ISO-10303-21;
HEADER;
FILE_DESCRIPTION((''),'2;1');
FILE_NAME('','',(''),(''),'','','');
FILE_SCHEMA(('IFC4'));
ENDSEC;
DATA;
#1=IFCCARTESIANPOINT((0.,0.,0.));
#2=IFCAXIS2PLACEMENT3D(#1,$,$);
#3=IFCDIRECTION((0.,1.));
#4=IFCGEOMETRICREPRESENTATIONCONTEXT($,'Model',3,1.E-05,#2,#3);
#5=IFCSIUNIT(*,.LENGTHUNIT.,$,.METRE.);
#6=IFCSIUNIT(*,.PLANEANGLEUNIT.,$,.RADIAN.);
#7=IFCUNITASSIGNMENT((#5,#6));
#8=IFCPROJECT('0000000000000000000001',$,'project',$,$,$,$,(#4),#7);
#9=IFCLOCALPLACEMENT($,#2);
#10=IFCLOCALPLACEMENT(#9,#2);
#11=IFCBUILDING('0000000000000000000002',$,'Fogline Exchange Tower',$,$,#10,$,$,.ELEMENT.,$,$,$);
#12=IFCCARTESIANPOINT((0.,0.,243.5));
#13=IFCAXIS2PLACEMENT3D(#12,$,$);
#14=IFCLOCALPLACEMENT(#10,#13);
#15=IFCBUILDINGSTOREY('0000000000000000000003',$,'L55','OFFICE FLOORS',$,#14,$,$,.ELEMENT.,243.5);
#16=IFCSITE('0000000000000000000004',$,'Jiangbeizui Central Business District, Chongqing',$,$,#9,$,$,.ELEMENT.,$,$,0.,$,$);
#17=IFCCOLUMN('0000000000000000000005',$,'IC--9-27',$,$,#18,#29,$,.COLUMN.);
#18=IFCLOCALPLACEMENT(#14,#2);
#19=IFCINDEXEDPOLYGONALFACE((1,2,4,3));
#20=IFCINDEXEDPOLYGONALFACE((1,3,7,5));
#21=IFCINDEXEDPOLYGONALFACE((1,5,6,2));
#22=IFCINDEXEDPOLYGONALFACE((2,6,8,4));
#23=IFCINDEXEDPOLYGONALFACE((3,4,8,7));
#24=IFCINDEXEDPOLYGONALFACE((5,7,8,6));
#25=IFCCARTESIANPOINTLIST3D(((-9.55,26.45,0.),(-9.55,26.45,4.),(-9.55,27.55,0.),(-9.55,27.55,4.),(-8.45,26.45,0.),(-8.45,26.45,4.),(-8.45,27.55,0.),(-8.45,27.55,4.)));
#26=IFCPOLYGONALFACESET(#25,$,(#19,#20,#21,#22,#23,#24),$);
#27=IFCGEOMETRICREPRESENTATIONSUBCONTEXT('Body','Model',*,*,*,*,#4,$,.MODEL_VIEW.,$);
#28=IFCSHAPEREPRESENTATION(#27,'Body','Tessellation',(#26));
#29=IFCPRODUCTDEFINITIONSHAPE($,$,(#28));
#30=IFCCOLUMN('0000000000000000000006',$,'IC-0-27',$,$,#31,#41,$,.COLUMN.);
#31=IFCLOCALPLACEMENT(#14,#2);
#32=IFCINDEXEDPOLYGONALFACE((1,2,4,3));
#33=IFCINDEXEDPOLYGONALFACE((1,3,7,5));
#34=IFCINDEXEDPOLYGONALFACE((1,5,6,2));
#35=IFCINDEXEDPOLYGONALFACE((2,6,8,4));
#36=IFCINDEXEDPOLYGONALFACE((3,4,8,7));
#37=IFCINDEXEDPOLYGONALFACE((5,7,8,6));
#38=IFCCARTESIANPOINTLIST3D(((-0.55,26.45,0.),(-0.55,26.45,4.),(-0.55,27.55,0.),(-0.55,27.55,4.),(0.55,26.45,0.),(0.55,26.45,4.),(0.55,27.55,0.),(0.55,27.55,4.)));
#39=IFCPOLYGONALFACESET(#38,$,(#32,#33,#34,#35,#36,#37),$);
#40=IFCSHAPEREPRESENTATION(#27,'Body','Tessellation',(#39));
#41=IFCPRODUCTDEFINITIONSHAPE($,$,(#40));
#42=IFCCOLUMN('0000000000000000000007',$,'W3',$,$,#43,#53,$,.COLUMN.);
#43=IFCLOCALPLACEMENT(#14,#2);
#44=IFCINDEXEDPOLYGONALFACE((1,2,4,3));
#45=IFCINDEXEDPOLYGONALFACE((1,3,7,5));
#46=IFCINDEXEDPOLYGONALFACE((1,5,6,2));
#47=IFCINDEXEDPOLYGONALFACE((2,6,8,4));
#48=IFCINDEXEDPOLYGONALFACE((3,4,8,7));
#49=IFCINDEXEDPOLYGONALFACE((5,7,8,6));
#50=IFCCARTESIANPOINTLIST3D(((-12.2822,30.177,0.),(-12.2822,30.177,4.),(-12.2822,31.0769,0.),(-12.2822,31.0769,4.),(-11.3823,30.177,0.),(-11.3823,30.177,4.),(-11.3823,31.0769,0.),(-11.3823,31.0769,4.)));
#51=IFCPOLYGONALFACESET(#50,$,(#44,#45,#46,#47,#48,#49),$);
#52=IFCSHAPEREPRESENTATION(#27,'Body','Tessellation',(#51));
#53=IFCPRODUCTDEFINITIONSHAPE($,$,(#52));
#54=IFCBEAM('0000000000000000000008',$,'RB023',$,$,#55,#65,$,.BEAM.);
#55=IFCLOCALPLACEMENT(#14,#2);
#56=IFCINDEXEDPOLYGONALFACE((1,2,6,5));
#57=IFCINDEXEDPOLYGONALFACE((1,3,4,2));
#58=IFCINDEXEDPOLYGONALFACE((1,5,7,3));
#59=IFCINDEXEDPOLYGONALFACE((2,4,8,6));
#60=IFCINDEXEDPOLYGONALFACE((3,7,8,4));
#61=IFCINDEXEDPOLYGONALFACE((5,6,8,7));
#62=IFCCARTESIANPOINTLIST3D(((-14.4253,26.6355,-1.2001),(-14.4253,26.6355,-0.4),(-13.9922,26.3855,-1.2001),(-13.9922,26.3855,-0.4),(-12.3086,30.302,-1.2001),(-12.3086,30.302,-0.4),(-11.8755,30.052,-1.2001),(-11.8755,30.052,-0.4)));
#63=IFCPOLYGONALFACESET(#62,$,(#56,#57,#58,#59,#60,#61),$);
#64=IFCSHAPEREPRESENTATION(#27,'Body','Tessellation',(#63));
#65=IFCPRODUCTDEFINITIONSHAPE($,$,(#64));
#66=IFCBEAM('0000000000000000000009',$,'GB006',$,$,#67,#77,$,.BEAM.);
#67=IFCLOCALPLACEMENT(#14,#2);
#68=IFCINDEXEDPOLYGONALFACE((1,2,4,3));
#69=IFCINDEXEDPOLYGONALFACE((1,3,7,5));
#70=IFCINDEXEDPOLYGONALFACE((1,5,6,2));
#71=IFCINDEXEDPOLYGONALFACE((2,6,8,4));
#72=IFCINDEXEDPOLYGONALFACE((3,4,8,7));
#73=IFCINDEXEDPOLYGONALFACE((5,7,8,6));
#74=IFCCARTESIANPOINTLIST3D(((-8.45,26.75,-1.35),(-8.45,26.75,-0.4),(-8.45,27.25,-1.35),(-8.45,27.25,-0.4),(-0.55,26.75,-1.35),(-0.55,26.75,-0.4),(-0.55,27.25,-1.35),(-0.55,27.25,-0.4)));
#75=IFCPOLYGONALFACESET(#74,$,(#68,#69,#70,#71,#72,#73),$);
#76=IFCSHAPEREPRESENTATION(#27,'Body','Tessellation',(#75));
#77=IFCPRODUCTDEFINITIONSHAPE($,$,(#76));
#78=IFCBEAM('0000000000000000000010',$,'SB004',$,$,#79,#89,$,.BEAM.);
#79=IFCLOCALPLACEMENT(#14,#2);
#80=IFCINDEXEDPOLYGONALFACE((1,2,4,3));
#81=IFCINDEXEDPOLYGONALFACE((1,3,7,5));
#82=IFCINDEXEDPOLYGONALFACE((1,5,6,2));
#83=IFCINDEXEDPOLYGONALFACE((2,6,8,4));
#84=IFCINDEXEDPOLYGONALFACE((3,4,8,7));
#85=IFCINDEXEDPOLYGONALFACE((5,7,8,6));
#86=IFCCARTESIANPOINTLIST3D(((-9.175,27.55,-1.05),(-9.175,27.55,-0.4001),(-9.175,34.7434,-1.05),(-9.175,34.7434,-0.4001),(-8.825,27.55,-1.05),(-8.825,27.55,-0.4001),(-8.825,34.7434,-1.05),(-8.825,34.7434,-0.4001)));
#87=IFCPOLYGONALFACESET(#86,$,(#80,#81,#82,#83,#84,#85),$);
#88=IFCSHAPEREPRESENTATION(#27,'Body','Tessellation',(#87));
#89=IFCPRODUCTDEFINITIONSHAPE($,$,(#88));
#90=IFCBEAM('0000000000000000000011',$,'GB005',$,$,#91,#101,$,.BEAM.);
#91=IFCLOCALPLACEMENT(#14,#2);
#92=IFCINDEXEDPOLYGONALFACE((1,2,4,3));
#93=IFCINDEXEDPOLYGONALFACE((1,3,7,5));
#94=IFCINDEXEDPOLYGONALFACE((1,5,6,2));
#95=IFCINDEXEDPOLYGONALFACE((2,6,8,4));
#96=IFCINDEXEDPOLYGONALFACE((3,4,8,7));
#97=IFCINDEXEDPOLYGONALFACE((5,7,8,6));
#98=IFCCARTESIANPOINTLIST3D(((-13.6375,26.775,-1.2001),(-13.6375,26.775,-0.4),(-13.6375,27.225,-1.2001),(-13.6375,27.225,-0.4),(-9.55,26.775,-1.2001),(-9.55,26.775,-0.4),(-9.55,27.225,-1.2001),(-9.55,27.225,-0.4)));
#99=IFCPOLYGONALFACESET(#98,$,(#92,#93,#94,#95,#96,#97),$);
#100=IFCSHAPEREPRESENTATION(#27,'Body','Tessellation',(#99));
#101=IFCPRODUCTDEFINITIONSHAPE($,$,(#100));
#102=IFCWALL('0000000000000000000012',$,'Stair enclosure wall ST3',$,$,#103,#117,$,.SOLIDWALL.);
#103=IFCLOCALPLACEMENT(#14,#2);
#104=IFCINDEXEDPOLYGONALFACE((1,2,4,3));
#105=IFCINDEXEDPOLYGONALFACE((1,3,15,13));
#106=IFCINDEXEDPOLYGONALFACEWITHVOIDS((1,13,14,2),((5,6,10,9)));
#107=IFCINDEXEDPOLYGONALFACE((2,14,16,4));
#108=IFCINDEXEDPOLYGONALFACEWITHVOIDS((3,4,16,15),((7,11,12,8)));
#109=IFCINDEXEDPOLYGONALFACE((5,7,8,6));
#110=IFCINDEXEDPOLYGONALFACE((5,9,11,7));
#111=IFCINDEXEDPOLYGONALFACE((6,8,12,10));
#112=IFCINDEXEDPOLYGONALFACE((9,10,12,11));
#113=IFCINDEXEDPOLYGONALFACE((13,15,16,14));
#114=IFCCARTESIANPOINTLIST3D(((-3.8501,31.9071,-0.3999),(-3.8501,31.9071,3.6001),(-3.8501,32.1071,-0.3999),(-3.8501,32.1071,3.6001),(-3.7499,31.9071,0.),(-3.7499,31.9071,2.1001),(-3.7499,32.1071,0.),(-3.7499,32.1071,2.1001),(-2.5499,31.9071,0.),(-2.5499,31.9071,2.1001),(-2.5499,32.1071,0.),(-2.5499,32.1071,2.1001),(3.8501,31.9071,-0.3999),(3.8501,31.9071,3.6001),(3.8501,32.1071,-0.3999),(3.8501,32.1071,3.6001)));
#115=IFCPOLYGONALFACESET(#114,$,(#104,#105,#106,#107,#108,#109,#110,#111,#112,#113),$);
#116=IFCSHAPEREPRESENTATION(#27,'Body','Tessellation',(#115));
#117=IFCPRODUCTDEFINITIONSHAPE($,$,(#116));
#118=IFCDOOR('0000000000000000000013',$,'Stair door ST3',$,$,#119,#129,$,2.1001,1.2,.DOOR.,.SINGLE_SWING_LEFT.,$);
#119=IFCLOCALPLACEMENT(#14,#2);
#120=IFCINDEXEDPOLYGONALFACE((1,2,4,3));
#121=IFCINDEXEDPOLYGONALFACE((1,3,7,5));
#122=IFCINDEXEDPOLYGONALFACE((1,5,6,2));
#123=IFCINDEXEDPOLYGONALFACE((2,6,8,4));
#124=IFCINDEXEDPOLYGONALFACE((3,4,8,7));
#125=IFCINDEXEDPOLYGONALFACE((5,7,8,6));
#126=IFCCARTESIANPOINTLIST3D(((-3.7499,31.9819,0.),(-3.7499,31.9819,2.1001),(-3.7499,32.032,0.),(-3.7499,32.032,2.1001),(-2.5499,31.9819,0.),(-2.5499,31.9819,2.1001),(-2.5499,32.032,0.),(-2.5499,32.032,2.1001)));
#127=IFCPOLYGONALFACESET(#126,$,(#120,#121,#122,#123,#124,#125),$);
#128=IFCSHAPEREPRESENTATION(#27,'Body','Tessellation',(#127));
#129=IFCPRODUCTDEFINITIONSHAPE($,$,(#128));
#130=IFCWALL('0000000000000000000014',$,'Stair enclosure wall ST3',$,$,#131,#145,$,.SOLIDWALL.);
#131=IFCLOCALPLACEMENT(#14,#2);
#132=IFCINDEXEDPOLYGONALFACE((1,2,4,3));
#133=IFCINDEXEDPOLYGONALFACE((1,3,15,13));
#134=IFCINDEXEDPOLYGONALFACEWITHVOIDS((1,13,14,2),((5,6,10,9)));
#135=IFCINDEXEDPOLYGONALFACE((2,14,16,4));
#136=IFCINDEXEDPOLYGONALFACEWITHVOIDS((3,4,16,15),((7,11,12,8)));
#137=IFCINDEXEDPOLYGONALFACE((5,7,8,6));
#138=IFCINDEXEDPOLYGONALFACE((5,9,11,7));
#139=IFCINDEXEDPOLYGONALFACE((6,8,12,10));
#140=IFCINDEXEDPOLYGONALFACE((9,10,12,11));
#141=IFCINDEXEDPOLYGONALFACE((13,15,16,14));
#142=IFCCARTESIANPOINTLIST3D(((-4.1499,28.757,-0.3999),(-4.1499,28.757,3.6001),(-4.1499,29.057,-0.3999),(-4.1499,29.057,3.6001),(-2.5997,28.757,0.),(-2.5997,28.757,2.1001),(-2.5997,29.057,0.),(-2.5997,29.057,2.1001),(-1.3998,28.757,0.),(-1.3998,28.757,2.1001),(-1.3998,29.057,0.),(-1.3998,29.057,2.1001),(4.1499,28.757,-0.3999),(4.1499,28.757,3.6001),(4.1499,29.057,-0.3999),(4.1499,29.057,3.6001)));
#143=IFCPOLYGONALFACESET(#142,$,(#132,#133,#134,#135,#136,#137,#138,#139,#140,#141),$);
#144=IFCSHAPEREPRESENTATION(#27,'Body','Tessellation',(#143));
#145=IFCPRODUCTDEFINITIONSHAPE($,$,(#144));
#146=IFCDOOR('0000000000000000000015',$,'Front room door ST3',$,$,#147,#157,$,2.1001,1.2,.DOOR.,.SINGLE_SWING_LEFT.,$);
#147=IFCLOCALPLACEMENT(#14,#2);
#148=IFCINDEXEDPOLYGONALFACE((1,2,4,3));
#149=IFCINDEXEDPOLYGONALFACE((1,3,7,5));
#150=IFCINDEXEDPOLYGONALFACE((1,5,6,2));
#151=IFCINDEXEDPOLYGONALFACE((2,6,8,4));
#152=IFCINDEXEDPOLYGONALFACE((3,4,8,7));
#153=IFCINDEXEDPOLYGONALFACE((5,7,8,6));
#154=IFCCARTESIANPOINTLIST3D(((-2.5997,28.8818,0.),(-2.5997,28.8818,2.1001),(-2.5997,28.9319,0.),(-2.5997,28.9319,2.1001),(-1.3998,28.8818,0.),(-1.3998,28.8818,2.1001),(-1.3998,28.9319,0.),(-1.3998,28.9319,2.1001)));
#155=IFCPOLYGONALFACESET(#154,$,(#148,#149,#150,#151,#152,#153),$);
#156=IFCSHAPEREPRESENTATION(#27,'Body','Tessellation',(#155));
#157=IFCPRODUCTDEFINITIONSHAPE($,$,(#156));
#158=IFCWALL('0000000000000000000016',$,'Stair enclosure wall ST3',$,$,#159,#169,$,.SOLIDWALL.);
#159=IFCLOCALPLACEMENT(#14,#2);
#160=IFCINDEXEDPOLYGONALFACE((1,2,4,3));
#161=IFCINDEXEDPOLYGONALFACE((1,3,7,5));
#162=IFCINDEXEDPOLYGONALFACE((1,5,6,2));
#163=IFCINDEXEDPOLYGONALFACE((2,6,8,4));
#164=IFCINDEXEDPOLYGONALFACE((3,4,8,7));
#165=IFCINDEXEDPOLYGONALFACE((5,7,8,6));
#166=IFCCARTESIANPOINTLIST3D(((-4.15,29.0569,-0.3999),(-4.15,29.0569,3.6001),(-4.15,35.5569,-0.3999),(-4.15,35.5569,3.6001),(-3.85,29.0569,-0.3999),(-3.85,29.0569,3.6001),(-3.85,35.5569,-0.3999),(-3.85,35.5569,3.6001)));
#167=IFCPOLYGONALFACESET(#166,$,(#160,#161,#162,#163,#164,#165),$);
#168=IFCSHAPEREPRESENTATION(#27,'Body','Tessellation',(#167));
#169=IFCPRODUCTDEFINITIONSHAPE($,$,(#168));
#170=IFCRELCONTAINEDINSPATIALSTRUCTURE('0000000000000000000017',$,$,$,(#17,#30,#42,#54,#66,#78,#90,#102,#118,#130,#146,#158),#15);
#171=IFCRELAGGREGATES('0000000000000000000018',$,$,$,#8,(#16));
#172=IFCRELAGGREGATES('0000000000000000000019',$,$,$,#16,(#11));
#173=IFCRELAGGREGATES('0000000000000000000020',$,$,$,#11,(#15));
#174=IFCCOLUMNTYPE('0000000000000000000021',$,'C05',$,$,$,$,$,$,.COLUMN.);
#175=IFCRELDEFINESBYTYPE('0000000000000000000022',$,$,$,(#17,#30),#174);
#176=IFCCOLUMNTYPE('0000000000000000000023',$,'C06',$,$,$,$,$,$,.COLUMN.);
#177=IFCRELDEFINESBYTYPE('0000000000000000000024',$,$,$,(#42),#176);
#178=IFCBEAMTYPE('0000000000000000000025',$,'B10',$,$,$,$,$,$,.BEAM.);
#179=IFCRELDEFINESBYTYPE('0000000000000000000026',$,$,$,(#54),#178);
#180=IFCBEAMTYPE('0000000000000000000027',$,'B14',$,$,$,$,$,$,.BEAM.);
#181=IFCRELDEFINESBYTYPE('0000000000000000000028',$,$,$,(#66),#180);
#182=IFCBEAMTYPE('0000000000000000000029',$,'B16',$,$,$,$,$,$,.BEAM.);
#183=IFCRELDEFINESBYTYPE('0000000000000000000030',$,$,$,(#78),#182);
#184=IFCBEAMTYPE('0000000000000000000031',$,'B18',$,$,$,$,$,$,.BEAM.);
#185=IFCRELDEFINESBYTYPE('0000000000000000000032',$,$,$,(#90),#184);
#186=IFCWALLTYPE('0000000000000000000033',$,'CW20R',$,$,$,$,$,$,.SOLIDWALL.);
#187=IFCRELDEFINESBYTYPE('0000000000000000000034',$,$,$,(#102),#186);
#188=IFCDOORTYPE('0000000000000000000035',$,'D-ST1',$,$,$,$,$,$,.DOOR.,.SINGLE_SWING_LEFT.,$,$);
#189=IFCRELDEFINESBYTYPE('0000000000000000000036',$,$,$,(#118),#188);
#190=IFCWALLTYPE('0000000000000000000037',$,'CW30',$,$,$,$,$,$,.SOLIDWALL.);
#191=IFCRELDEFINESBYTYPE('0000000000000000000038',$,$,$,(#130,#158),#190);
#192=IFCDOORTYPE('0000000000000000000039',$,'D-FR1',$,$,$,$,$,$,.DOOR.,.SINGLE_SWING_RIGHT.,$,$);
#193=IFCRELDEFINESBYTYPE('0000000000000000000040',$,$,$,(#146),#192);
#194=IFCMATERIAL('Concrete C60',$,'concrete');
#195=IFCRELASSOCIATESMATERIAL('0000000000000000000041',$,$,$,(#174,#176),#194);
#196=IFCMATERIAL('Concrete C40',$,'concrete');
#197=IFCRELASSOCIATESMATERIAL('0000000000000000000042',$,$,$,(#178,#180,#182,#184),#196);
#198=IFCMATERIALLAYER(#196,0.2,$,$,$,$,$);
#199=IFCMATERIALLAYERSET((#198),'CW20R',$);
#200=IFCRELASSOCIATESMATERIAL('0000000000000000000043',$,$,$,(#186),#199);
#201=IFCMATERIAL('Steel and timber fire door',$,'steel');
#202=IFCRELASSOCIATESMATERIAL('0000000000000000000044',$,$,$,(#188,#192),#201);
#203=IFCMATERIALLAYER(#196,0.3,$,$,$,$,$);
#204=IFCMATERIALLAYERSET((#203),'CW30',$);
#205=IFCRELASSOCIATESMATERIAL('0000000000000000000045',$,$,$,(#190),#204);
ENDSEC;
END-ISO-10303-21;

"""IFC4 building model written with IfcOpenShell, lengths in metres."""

from ifc_helpers import new_model, si_unit, direction, frame, frame_2d, origin, origin_2d, place, context, subcontext, project, spatial, rectangle, extrude, material, layer, layer_set, material_profile, profile_set, type_object, element, fill, save


model = new_model("IFC4")

# Units and contexts
model_context = context("Model", 3, precision=1e-05, world=origin(), true_north=direction((0.0, 1.0)))
body_context = subcontext(model_context, "Body", "Model", "MODEL_VIEW")
ifc_project = project(units=[si_unit("LENGTHUNIT", "METRE"), si_unit("PLANEANGLEUNIT", "RADIAN")], contexts=[model_context])

# Site, building, storey
site_placement = place(None, origin())
site = spatial("IfcSite", under=ifc_project, at=site_placement, Name="Jiangbeizui Central Business District, Chongqing", CompositionType="ELEMENT", RefElevation=0.0)
building_placement = place(site_placement, origin())
building = spatial("IfcBuilding", under=site, at=building_placement, Name="Fogline Exchange Tower", CompositionType="ELEMENT")
storey_placement = place(building_placement, frame((0.0, 0.0, 243.5)))
storey = spatial("IfcBuildingStorey", under=building, at=storey_placement, Name="L55", Description="OFFICE FLOORS", CompositionType="ELEMENT", Elevation=243.5)

# Columns
ifc_material_1 = material(Name="Concrete C60", Category="concrete")
ifc_material_profile_1 = material_profile(ifc_material_1, rectangle(XDim=1.1001, YDim=1.1001, at=origin_2d()), Name="RC 1100x1100")
ifc_profile_set_1 = profile_set([ifc_material_profile_1], Name="Concrete C60")
column_type_1 = type_object("IfcColumnType", Name="C05", PredefinedType="COLUMN", material=ifc_profile_set_1)
for number, where, z_axis, x_axis, name in (
    (1, (-9.0, 27.0, 0.0), (0.0, 0.0, 1.0), (1.0, 0.0, 0.0), "IC--9-27"),
    (2, (0.0, 27.0, 0.0), (0.0, 0.0, 1.0), (1.0, 0.0, 0.0), "IC-0-27"),
):
    element("IfcColumn", number, at=place(storey_placement, frame(where, z_axis=z_axis, x_axis=x_axis)), inside=storey, type_object=column_type_1, Name=name, PredefinedType="COLUMN", context=body_context, shape_type="SweptSolid", body=[
        extrude(rectangle(XDim=1.1001, YDim=1.1001, at=origin_2d()), origin(), (0.0, 0.0, 1.0), 4.0),
    ])
ifc_material_profile_2 = material_profile(ifc_material_1, rectangle(XDim=0.8999, YDim=0.8999, at=origin_2d()), Name="RC 900x900")
ifc_profile_set_2 = profile_set([ifc_material_profile_2], Name="Concrete C60")
column_type_2 = type_object("IfcColumnType", Name="C06", PredefinedType="COLUMN", material=ifc_profile_set_2)
column_placement = place(storey_placement, frame((-11.8323, 30.627, 0.0), z_axis=(0.0, 0.0, 1.0), x_axis=(1.0, 0.0, 0.0)))
element("IfcColumn", 3, at=column_placement, inside=storey, type_object=column_type_2, Name="W3", PredefinedType="COLUMN", context=body_context, shape_type="SweptSolid", body=[
    extrude(rectangle(XDim=0.8999, YDim=0.8999, at=origin_2d()), origin(), (0.0, 0.0, 1.0), 4.0),
])

# Beams
ifc_material_2 = material(Name="Concrete C40", Category="concrete")
ifc_material_profile_3 = material_profile(ifc_material_2, rectangle(XDim=0.5, YDim=0.8, at=origin_2d()), Name="RC 500x800")
ifc_profile_set_3 = profile_set([ifc_material_profile_3], Name="Concrete C40")
beam_type_1 = type_object("IfcBeamType", Name="B10", PredefinedType="BEAM", material=ifc_profile_set_3)
beam_1_placement = place(storey_placement, frame((-12.092, 30.177, -0.8), z_axis=(-0.499972, -0.866042, 0.0), x_axis=(0.866042, -0.499972, 0.0)))
element("IfcBeam", 4, at=beam_1_placement, inside=storey, type_object=beam_type_1, Name="RB023", PredefinedType="BEAM", context=body_context, shape_type="SweptSolid", body=[
    extrude(rectangle(XDim=0.5, YDim=0.8, at=origin_2d()), origin(), (0.0, 0.0, 1.0), 4.2336),
])
ifc_material_profile_4 = material_profile(ifc_material_2, rectangle(XDim=0.5, YDim=0.95, at=origin_2d()), Name="RC 500x950")
ifc_profile_set_4 = profile_set([ifc_material_profile_4], Name="Concrete C40")
beam_type_2 = type_object("IfcBeamType", Name="B14", PredefinedType="BEAM", material=ifc_profile_set_4)
beam_2_placement = place(storey_placement, frame((-8.45, 27.0, -0.875), z_axis=(1.0, 0.0, 0.0), x_axis=(0.0, 1.0, 0.0)))
element("IfcBeam", 5, at=beam_2_placement, inside=storey, type_object=beam_type_2, Name="GB006", PredefinedType="BEAM", context=body_context, shape_type="SweptSolid", body=[
    extrude(rectangle(XDim=0.5, YDim=0.95, at=origin_2d()), origin(), (0.0, 0.0, 1.0), 7.8999),
])
ifc_material_profile_5 = material_profile(ifc_material_2, rectangle(XDim=0.3501, YDim=0.6499, at=origin_2d()), Name="RC 350x650")
ifc_profile_set_5 = profile_set([ifc_material_profile_5], Name="Concrete C40")
beam_type_3 = type_object("IfcBeamType", Name="B16", PredefinedType="BEAM", material=ifc_profile_set_5)
beam_3_placement = place(storey_placement, frame((-9.0, 27.55, -0.7251), z_axis=(0.0, 1.0, 0.0), x_axis=(-1.0, 0.0, 0.0)))
element("IfcBeam", 6, at=beam_3_placement, inside=storey, type_object=beam_type_3, Name="SB004", PredefinedType="BEAM", context=body_context, shape_type="SweptSolid", body=[
    extrude(rectangle(XDim=0.3501, YDim=0.6499, at=origin_2d()), origin(), (0.0, 0.0, 1.0), 7.1934),
])
ifc_material_profile_6 = material_profile(ifc_material_2, rectangle(XDim=0.45, YDim=0.8, at=origin_2d()), Name="RC 450x800")
ifc_profile_set_6 = profile_set([ifc_material_profile_6], Name="Concrete C40")
beam_type_4 = type_object("IfcBeamType", Name="B18", PredefinedType="BEAM", material=ifc_profile_set_6)
beam_4_placement = place(storey_placement, frame((-13.6375, 27.0, -0.8), z_axis=(1.0, 0.0, 0.0), x_axis=(0.0, 1.0, 0.0)))
element("IfcBeam", 7, at=beam_4_placement, inside=storey, type_object=beam_type_4, Name="GB005", PredefinedType="BEAM", context=body_context, shape_type="SweptSolid", body=[
    extrude(rectangle(XDim=0.45, YDim=0.8, at=origin_2d()), origin(), (0.0, 0.0, 1.0), 4.0874),
])

# Walls, openings, doors
ifc_layer_1 = layer(ifc_material_2, 0.2)
ifc_layer_set_1 = layer_set([ifc_layer_1], Name="CW20R")
wall_type_1 = type_object("IfcWallType", Name="CW20R", PredefinedType="SOLIDWALL", material=ifc_layer_set_1)
wall_1_placement = place(storey_placement, frame((-3.8501, 32.0071, -0.3999), z_axis=(0.0, 0.0, 1.0), x_axis=(1.0, 0.0, 0.0)))
wall_1 = element("IfcWall", 8, at=wall_1_placement, inside=storey, type_object=wall_type_1, Name="Stair enclosure wall ST3", PredefinedType="SOLIDWALL", context=body_context, shape_type="SweptSolid", body=[
    extrude(rectangle(XDim=7.7002, YDim=0.2, at=frame_2d((3.8501, 0.0))), origin(), (0.0, 0.0, 1.0), 4.0),
])
opening_1_placement = place(wall_1_placement, frame((0.1001, 0.0, 0.3999)))
opening_1 = element("IfcOpeningElement", 9, at=opening_1_placement, cuts=wall_1, PredefinedType="OPENING", context=body_context, shape_type="SweptSolid", body=[
    extrude(rectangle(XDim=1.2, YDim=2.1001, at=frame_2d((0.6001, 1.05))), frame((0.0, 0.1099, 0.0), z_axis=(0.0, -1.0, 0.0), x_axis=(1.0, 0.0, 0.0)), (0.0, 0.0, 1.0), 0.22),
])
ifc_material_3 = material(Name="Steel and timber fire door", Category="steel")
door_type_1 = type_object("IfcDoorType", Name="D-ST1", OperationType="SINGLE_SWING_LEFT", PredefinedType="DOOR", material=ifc_material_3)
door_1_placement = place(opening_1_placement, origin())
door_1 = element("IfcDoor", 10, at=door_1_placement, inside=storey, type_object=door_type_1, Name="Stair door ST3", OperationType="SINGLE_SWING_LEFT", OverallHeight=2.1001, OverallWidth=1.2, PredefinedType="DOOR", context=body_context, shape_type="SweptSolid", body=[
    extrude(rectangle(XDim=1.2, YDim=2.1001, at=frame_2d((0.6001, 1.05))), frame((0.0, 0.0249, 0.0), z_axis=(0.0, -1.0, 0.0), x_axis=(1.0, 0.0, 0.0)), (0.0, 0.0, 1.0), 0.05),
])
fill(opening_1, door_1)
ifc_layer_2 = layer(ifc_material_2, 0.3)
ifc_layer_set_2 = layer_set([ifc_layer_2], Name="CW30")
wall_type_2 = type_object("IfcWallType", Name="CW30", PredefinedType="SOLIDWALL", material=ifc_layer_set_2)
wall_2_placement = place(storey_placement, frame((-4.1499, 28.907, -0.3999), z_axis=(0.0, 0.0, 1.0), x_axis=(1.0, 0.0, 0.0)))
wall_2 = element("IfcWall", 11, at=wall_2_placement, inside=storey, type_object=wall_type_2, Name="Stair enclosure wall ST3", PredefinedType="SOLIDWALL", context=body_context, shape_type="SweptSolid", body=[
    extrude(rectangle(XDim=8.2998, YDim=0.3, at=frame_2d((4.1499, 0.0))), origin(), (0.0, 0.0, 1.0), 4.0),
])
opening_2_placement = place(wall_2_placement, frame((1.55, 0.0, 0.3999)))
opening_2 = element("IfcOpeningElement", 12, at=opening_2_placement, cuts=wall_2, PredefinedType="OPENING", context=body_context, shape_type="SweptSolid", body=[
    extrude(rectangle(XDim=1.2, YDim=2.1001, at=frame_2d((0.6001, 1.05))), frame((0.0, 0.1602, 0.0), z_axis=(0.0, -1.0, 0.0), x_axis=(1.0, 0.0, 0.0)), (0.0, 0.0, 1.0), 0.3201),
])
door_type_2 = type_object("IfcDoorType", Name="D-FR1", OperationType="SINGLE_SWING_RIGHT", PredefinedType="DOOR", material=ifc_material_3)
door_2_placement = place(opening_2_placement, origin())
door_2 = element("IfcDoor", 13, at=door_2_placement, inside=storey, type_object=door_type_2, Name="Front room door ST3", OperationType="SINGLE_SWING_LEFT", OverallHeight=2.1001, OverallWidth=1.2, PredefinedType="DOOR", context=body_context, shape_type="SweptSolid", body=[
    extrude(rectangle(XDim=1.2, YDim=2.1001, at=frame_2d((0.6001, 1.05))), frame((0.0, 0.0249, 0.0), z_axis=(0.0, -1.0, 0.0), x_axis=(1.0, 0.0, 0.0)), (0.0, 0.0, 1.0), 0.05),
])
fill(opening_2, door_2)

# Wall
wall_3_placement = place(storey_placement, frame((-4.0, 29.0569, -0.3999), z_axis=(0.0, 0.0, 1.0), x_axis=(0.0, 1.0, 0.0)))
element("IfcWall", 14, at=wall_3_placement, inside=storey, type_object=wall_type_2, Name="Stair enclosure wall ST3", PredefinedType="SOLIDWALL", context=body_context, shape_type="SweptSolid", body=[
    extrude(rectangle(XDim=6.5, YDim=0.3, at=frame_2d((3.25, 0.0))), origin(), (0.0, 0.0, 1.0), 4.0),
])

save(model, "model.ifc")
